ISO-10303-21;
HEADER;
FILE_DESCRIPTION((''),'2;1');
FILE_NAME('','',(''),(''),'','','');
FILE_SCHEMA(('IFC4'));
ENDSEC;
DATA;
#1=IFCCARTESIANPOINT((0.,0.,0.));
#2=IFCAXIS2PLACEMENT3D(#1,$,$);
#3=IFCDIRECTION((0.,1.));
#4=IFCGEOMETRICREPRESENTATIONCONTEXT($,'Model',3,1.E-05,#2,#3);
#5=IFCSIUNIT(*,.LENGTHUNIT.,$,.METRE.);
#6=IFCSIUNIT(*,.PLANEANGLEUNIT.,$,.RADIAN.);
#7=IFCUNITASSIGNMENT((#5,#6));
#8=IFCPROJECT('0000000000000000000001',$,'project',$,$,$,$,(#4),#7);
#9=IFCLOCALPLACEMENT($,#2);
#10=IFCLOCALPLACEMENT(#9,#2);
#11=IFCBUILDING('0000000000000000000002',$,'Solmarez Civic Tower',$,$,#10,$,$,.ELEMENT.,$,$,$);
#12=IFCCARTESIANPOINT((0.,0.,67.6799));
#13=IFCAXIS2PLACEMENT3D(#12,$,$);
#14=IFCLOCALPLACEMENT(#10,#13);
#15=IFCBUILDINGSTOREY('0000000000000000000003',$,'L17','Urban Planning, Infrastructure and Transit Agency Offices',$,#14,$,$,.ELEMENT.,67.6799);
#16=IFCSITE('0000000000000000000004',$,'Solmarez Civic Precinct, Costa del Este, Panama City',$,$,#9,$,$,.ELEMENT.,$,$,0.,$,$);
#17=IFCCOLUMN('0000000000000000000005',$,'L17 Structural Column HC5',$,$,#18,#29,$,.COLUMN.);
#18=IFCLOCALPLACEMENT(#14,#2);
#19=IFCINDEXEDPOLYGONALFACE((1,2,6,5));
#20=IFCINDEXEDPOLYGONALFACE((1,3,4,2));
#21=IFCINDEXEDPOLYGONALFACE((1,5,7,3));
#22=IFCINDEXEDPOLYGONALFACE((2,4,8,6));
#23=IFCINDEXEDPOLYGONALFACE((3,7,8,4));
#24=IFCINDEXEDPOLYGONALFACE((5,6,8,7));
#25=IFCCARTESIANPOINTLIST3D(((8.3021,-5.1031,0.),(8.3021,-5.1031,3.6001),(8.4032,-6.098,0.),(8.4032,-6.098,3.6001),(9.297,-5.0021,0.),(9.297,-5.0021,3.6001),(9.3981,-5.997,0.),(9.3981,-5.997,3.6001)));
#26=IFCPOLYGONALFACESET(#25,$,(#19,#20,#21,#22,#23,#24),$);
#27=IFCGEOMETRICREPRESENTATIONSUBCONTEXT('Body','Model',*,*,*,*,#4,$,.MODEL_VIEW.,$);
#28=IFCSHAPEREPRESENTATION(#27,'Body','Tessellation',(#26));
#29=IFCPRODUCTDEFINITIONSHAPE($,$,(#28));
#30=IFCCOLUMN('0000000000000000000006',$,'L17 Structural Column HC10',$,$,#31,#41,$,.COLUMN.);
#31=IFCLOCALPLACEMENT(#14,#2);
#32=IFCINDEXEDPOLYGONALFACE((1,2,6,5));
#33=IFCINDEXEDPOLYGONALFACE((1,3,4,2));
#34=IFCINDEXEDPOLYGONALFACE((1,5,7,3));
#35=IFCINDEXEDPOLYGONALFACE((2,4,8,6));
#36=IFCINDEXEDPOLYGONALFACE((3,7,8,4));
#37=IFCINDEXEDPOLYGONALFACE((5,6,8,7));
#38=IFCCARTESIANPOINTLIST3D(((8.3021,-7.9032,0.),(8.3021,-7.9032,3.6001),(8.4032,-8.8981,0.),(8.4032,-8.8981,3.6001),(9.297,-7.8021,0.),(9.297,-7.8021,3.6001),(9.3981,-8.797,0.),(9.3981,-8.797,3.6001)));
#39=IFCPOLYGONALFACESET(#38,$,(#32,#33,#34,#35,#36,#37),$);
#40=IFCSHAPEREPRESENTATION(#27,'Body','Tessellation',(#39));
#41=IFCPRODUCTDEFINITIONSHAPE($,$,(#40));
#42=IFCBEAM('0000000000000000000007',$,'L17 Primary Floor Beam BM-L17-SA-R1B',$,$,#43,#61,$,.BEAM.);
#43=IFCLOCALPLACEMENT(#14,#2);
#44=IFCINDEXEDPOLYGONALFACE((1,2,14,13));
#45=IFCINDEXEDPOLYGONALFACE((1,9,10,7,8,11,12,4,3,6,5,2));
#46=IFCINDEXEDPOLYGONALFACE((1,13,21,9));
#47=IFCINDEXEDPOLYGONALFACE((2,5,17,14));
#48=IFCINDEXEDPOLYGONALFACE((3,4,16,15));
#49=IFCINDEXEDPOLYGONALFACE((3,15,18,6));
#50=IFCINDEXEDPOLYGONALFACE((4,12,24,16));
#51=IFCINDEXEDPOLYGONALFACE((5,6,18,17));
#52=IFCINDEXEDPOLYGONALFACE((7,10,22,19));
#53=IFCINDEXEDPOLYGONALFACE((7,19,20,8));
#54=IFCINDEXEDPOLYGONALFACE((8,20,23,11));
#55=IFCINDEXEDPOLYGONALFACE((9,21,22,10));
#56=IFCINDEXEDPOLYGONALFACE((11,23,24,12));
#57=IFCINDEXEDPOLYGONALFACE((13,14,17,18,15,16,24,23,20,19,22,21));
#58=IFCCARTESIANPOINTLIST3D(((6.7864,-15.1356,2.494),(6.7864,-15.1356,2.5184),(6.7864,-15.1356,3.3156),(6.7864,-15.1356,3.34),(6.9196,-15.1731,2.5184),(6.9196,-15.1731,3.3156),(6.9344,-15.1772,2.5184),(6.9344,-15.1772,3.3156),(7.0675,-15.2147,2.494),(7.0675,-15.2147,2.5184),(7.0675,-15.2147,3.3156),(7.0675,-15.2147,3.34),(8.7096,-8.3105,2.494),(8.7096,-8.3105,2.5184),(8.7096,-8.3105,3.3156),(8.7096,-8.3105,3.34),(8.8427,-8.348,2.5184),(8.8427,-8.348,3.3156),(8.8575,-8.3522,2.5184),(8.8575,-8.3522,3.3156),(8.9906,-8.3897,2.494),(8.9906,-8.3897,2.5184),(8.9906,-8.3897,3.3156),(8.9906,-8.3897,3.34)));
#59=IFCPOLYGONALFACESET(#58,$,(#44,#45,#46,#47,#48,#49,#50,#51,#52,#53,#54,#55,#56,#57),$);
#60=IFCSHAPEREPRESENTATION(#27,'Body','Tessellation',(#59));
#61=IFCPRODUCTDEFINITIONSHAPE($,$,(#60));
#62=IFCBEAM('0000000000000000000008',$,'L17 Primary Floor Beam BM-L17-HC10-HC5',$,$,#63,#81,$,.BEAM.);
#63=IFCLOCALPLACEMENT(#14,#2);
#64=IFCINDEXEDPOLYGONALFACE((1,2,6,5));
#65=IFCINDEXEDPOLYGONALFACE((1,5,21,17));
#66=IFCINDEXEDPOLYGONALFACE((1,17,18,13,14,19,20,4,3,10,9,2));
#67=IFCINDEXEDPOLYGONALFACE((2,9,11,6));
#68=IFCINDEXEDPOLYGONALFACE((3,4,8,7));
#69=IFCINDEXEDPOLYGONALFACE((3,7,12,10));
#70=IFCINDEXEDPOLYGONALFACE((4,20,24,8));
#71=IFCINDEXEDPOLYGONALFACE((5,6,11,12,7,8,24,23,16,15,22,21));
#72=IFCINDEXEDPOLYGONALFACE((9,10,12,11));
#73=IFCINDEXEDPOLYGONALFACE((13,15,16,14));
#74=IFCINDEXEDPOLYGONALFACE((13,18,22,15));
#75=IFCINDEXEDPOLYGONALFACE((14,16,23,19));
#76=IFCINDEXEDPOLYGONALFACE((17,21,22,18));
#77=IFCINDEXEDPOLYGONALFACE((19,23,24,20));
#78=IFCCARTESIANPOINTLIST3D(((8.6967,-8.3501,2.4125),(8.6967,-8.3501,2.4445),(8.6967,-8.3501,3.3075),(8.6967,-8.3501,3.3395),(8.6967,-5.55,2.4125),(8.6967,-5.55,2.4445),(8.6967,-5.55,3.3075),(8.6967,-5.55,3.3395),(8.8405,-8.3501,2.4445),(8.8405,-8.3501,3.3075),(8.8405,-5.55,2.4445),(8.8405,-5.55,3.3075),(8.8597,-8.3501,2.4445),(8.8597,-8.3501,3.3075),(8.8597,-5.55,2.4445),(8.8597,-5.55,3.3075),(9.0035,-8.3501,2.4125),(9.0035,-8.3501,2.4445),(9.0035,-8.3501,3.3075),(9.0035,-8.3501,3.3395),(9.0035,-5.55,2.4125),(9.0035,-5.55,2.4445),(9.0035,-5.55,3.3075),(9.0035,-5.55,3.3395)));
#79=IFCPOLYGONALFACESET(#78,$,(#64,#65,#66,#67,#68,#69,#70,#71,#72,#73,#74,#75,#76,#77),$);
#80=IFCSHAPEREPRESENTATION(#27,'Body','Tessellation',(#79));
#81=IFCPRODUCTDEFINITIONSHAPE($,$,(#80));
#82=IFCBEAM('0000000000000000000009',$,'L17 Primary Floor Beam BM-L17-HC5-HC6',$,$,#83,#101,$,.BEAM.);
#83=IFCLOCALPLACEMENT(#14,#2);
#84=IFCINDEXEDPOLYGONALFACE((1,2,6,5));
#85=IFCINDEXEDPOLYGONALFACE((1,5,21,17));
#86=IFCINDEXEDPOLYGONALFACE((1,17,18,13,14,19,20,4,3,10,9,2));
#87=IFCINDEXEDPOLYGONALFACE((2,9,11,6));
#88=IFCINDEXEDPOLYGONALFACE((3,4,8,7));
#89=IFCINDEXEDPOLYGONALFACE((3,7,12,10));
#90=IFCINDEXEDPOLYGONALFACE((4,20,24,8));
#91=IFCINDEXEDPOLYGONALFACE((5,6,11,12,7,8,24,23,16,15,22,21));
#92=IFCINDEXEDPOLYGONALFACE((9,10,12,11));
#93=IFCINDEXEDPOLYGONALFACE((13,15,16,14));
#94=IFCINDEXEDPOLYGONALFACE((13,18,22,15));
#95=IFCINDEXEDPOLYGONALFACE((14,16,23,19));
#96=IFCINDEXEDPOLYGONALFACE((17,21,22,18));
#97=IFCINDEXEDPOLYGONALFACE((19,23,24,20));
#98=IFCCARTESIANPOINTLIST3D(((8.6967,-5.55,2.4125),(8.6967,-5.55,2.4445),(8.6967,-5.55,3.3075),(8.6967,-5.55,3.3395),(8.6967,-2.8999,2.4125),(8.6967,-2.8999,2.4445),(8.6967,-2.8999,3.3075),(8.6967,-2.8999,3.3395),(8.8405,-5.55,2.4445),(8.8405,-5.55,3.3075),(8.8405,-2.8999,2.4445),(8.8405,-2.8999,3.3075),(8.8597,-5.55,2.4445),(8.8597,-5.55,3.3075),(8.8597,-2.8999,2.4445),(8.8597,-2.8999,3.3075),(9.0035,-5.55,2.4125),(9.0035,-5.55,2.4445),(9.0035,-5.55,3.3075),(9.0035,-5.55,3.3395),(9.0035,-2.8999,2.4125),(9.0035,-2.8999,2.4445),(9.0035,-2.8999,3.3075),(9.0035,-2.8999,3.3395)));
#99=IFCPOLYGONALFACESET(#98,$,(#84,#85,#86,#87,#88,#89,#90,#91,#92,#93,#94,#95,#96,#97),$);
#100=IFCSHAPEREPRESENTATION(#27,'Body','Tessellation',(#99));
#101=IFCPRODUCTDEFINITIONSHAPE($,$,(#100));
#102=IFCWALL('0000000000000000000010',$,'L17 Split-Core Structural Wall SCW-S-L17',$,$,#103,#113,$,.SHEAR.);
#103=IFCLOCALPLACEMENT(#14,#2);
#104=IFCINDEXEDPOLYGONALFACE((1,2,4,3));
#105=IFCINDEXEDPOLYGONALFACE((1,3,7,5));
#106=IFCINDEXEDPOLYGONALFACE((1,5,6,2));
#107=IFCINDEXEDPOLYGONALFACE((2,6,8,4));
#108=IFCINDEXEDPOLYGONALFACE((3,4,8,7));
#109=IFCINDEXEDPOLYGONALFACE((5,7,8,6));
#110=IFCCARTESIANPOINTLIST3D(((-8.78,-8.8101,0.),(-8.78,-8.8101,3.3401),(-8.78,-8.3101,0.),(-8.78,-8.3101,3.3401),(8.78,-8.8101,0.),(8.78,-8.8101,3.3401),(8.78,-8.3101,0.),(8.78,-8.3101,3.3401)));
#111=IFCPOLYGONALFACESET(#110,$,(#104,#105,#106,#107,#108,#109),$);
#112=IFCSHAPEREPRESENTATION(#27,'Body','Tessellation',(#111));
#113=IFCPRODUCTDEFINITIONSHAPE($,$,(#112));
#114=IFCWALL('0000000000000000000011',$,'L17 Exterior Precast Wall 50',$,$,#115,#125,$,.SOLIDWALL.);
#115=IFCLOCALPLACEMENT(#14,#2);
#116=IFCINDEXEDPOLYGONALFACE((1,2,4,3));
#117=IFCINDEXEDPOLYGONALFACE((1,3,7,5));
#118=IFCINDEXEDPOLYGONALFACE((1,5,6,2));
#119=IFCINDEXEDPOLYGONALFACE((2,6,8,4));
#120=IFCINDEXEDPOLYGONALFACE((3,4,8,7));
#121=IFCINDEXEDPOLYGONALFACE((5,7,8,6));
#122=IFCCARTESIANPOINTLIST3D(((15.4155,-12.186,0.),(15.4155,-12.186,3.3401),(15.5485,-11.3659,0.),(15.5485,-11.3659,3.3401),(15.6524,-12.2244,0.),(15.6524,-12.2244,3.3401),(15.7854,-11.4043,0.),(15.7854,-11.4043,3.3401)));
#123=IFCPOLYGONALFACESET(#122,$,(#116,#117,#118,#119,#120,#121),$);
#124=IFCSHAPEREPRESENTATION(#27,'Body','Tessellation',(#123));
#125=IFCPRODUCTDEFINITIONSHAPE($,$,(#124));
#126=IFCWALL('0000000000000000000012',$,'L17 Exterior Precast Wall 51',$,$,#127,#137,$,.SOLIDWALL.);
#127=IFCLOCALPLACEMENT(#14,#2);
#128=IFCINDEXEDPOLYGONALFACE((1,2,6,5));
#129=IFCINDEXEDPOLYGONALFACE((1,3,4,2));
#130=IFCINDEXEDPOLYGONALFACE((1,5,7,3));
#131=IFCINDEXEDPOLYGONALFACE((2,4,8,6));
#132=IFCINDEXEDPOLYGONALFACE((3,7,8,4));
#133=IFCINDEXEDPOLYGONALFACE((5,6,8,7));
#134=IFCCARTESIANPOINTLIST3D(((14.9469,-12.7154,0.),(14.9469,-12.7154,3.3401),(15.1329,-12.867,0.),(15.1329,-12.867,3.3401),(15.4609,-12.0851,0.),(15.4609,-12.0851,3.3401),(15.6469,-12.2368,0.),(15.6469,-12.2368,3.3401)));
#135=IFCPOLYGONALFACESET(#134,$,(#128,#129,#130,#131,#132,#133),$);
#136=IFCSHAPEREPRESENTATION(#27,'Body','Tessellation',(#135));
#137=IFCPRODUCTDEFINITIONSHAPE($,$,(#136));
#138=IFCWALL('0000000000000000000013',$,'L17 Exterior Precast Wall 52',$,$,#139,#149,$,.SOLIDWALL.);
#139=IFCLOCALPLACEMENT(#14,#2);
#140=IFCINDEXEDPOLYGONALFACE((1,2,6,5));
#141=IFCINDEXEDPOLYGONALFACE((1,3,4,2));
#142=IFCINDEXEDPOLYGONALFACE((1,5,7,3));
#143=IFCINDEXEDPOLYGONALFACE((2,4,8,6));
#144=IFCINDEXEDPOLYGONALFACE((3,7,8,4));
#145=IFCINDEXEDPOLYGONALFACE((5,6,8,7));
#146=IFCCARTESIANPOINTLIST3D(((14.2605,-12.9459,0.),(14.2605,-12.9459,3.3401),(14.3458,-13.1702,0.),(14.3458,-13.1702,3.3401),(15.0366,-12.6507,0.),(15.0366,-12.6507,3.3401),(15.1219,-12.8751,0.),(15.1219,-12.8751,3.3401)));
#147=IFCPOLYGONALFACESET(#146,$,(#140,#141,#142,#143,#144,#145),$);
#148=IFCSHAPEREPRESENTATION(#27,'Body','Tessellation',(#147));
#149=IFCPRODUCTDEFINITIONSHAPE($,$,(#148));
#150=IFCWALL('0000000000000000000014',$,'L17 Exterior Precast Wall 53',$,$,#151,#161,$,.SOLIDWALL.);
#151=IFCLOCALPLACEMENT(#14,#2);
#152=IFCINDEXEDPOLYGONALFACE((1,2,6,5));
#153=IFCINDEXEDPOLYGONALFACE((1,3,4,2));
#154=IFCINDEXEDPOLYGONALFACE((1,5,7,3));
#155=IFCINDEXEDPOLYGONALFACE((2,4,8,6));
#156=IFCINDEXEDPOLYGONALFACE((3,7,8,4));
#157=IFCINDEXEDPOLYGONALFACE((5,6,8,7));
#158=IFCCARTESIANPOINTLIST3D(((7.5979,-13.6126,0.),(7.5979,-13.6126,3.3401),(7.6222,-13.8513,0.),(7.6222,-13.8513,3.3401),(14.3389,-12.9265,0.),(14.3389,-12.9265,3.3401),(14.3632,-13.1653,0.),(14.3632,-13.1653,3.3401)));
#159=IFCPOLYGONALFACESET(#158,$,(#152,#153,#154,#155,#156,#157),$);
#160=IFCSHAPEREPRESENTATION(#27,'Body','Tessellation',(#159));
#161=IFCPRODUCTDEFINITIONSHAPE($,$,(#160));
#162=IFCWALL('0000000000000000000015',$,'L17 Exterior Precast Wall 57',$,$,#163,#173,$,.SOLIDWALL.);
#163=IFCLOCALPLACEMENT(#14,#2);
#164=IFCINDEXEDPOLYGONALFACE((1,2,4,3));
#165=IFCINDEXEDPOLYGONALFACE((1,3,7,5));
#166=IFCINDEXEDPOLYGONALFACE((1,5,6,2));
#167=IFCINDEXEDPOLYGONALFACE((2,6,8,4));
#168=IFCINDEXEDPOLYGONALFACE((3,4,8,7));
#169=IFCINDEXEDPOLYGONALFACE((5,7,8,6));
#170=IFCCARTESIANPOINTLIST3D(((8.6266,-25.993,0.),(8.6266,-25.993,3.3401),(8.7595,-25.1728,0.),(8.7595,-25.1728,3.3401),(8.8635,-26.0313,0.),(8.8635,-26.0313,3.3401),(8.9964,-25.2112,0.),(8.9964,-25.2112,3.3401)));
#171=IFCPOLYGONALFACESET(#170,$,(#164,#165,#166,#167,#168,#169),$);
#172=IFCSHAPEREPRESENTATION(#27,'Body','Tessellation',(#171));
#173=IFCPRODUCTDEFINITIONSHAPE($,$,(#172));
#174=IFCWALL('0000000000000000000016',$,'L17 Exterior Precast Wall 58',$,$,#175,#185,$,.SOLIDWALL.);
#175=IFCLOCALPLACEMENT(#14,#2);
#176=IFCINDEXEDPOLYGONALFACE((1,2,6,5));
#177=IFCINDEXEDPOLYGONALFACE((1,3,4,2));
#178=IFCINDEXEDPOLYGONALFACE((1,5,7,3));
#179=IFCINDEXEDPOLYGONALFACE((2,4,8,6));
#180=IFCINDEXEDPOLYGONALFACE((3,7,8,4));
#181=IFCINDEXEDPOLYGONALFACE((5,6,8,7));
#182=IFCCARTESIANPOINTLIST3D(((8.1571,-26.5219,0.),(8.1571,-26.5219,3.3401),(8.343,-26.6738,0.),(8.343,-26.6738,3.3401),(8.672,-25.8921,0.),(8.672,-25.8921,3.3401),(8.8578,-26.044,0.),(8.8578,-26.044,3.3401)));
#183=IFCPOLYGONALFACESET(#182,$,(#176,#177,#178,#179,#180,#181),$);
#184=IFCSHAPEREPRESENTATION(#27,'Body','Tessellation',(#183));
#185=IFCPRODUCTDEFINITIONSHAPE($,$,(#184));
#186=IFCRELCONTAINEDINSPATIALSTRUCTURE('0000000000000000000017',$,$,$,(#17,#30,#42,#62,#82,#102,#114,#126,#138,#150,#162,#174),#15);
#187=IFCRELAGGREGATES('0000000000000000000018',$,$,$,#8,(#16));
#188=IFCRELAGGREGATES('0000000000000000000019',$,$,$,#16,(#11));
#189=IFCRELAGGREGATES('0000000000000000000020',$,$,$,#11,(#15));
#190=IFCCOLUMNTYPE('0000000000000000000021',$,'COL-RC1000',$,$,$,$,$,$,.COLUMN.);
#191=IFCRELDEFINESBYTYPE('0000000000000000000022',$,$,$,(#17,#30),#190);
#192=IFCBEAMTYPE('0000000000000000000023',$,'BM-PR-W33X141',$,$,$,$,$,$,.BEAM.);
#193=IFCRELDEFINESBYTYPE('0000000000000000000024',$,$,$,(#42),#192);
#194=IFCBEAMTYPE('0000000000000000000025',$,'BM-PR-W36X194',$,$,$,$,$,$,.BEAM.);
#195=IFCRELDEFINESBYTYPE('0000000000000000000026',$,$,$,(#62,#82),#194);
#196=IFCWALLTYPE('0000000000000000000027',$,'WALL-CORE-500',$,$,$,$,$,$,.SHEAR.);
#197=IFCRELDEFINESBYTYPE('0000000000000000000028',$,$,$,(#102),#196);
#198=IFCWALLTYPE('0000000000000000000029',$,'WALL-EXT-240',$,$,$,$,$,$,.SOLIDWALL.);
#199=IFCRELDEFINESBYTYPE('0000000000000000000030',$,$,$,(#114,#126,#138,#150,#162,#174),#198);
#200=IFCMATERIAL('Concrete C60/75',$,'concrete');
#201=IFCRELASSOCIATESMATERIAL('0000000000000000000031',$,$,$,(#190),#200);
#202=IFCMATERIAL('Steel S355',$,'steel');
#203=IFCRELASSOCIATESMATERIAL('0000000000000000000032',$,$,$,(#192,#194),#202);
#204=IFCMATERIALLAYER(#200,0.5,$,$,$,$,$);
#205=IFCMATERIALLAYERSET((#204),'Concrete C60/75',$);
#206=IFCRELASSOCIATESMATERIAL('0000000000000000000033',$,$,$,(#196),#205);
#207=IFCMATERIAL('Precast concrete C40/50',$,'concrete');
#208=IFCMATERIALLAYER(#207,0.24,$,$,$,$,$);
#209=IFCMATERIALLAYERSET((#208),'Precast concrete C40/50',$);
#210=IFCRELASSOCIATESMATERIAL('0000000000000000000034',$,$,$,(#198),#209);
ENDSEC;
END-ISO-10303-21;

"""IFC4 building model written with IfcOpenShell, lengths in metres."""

from ifc_helpers import new_model, si_unit, direction, frame, frame_2d, origin, origin_2d, place, context, subcontext, project, spatial, rectangle, i_section, extrude, material, layer, layer_set, material_profile, profile_set, type_object, element, save


model = new_model("IFC4")

# Units and contexts
model_context = context("Model", 3, precision=1e-05, world=origin(), true_north=direction((0.0, 1.0)))
body_context = subcontext(model_context, "Body", "Model", "MODEL_VIEW")
ifc_project = project(units=[si_unit("LENGTHUNIT", "METRE"), si_unit("PLANEANGLEUNIT", "RADIAN")], contexts=[model_context])

# Site, building, storey
site_placement = place(None, origin())
site = spatial("IfcSite", under=ifc_project, at=site_placement, Name="Solmarez Civic Precinct, Costa del Este, Panama City", CompositionType="ELEMENT", RefElevation=0.0)
building_placement = place(site_placement, origin())
building = spatial("IfcBuilding", under=site, at=building_placement, Name="Solmarez Civic Tower", CompositionType="ELEMENT")
storey_placement = place(building_placement, frame((0.0, 0.0, 67.6799)))
storey = spatial("IfcBuildingStorey", under=building, at=storey_placement, Name="L17", Description="Urban Planning, Infrastructure and Transit Agency Offices", CompositionType="ELEMENT", Elevation=67.6799)

# Columns
ifc_material_1 = material(Name="Concrete C60/75", Category="concrete")
ifc_material_profile_1 = material_profile(ifc_material_1, rectangle(XDim=1.0, YDim=1.0, at=origin_2d()), Name="RC1000X1000")
ifc_profile_set_1 = profile_set([ifc_material_profile_1], Name="Concrete C60/75")
column_type = type_object("IfcColumnType", Name="COL-RC1000", PredefinedType="COLUMN", material=ifc_profile_set_1)
for number, where, z_axis, x_axis, name in (
    (1, (8.8501, -5.55, 0.0), (0.0, 0.0, 1.0), (0.994881, 0.101056, 0.0), "L17 Structural Column HC5"),
    (2, (8.8501, -8.3501, 0.0), (0.0, 0.0, 1.0), (0.994881, 0.101056, 0.0), "L17 Structural Column HC10"),
):
    element("IfcColumn", number, at=place(storey_placement, frame(where, z_axis=z_axis, x_axis=x_axis)), inside=storey, type_object=column_type, Name=name, PredefinedType="COLUMN", context=body_context, shape_type="SweptSolid", body=[
        extrude(rectangle(XDim=1.0, YDim=1.0, at=origin_2d()), origin(), (0.0, 0.0, 1.0), 3.6001),
    ])

# Beams
ifc_material_2 = material(Name="Steel S355", Category="steel")
ifc_material_profile_2 = material_profile(ifc_material_2, i_section(OverallWidth=0.292, OverallDepth=0.8459, WebThickness=0.0154, FlangeThickness=0.0244, at=origin_2d()), Name="W33X141")
ifc_profile_set_2 = profile_set([ifc_material_profile_2], Name="Steel S355")
beam_type_1 = type_object("IfcBeamType", Name="BM-PR-W33X141", PredefinedType="BEAM", material=ifc_profile_set_2)
beam_1_placement = place(storey_placement, frame((8.8501, -8.3501, 2.917), z_axis=(-0.271213, -0.962519, 0.0), x_axis=(0.962519, -0.271213, 0.0)))
element("IfcBeam", 3, at=beam_1_placement, inside=storey, type_object=beam_type_1, Name="L17 Primary Floor Beam BM-L17-SA-R1B", PredefinedType="BEAM", context=body_context, shape_type="SweptSolid", body=[
    extrude(i_section(OverallWidth=0.292, OverallDepth=0.8459, WebThickness=0.0154, FlangeThickness=0.0244, at=origin_2d()), origin(), (0.0, 0.0, 1.0), 7.0908),
])
ifc_material_profile_3 = material_profile(ifc_material_2, i_section(OverallWidth=0.3069, OverallDepth=0.927, WebThickness=0.0193, FlangeThickness=0.032, at=origin_2d()), Name="W36X194")
ifc_profile_set_3 = profile_set([ifc_material_profile_3], Name="Steel S355")
beam_type_2 = type_object("IfcBeamType", Name="BM-PR-W36X194", PredefinedType="BEAM", material=ifc_profile_set_3)
beam_2_placement = place(storey_placement, frame((8.8501, -8.3501, 2.876), z_axis=(0.0, 1.0, 0.0), x_axis=(-1.0, 0.0, 0.0)))
element("IfcBeam", 4, at=beam_2_placement, inside=storey, type_object=beam_type_2, Name="L17 Primary Floor Beam BM-L17-HC10-HC5", PredefinedType="BEAM", context=body_context, shape_type="SweptSolid", body=[
    extrude(i_section(OverallWidth=0.3069, OverallDepth=0.927, WebThickness=0.0193, FlangeThickness=0.032, at=origin_2d()), origin(), (0.0, 0.0, 1.0), 2.8),
])
beam_3_placement = place(storey_placement, frame((8.8501, -5.55, 2.876), z_axis=(0.0, 1.0, 0.0), x_axis=(-1.0, 0.0, 0.0)))
element("IfcBeam", 5, at=beam_3_placement, inside=storey, type_object=beam_type_2, Name="L17 Primary Floor Beam BM-L17-HC5-HC6", PredefinedType="BEAM", context=body_context, shape_type="SweptSolid", body=[
    extrude(i_section(OverallWidth=0.3069, OverallDepth=0.927, WebThickness=0.0193, FlangeThickness=0.032, at=origin_2d()), origin(), (0.0, 0.0, 1.0), 2.6501),
])

# Walls
ifc_layer_1 = layer(ifc_material_1, 0.5)
ifc_layer_set_1 = layer_set([ifc_layer_1], Name="Concrete C60/75")
wall_type_1 = type_object("IfcWallType", Name="WALL-CORE-500", PredefinedType="SHEAR", material=ifc_layer_set_1)
wall_1_placement = place(storey_placement, frame((8.78, -8.5601, 0.0), z_axis=(0.0, 0.0, 1.0), x_axis=(-1.0, 0.0, 0.0)))
element("IfcWall", 6, at=wall_1_placement, inside=storey, type_object=wall_type_1, Name="L17 Split-Core Structural Wall SCW-S-L17", PredefinedType="SHEAR", context=body_context, shape_type="SweptSolid", body=[
    extrude(rectangle(XDim=17.5601, YDim=0.5, at=frame_2d((8.78, 0.0))), origin(), (0.0, 0.0, 1.0), 3.3401),
])
ifc_material_3 = material(Name="Precast concrete C40/50", Category="concrete")
ifc_layer_2 = layer(ifc_material_3, 0.24)
ifc_layer_set_2 = layer_set([ifc_layer_2], Name="Precast concrete C40/50")
wall_type_2 = type_object("IfcWallType", Name="WALL-EXT-240", PredefinedType="SOLIDWALL", material=ifc_layer_set_2)
wall_2_placement = place(storey_placement, frame((15.667, -11.385, 0.0), z_axis=(0.0, 0.0, 1.0), x_axis=(-0.160156, -0.987092, 0.0)))
element("IfcWall", 7, at=wall_2_placement, inside=storey, type_object=wall_type_2, Name="L17 Exterior Precast Wall 50", PredefinedType="SOLIDWALL", context=body_context, shape_type="SweptSolid", body=[
    extrude(rectangle(XDim=0.8308, YDim=0.24, at=frame_2d((0.4155, 0.0))), origin(), (0.0, 0.0, 1.0), 3.3401),
])
wall_3_placement = place(storey_placement, frame((15.554, -12.1609, 0.0), z_axis=(0.0, 0.0, 1.0), x_axis=(-0.632027, -0.774946, 0.0)))
element("IfcWall", 8, at=wall_3_placement, inside=storey, type_object=wall_type_2, Name="L17 Exterior Precast Wall 51", PredefinedType="SOLIDWALL", context=body_context, shape_type="SweptSolid", body=[
    extrude(rectangle(XDim=0.8132, YDim=0.24, at=frame_2d((0.4067, 0.0))), origin(), (0.0, 0.0, 1.0), 3.3401),
])
wall_4_placement = place(storey_placement, frame((15.0791, -12.7629, 0.0), z_axis=(0.0, 0.0, 1.0), x_axis=(-0.934688, -0.35547, 0.0)))
element("IfcWall", 9, at=wall_4_placement, inside=storey, type_object=wall_type_2, Name="L17 Exterior Precast Wall 52", PredefinedType="SOLIDWALL", context=body_context, shape_type="SweptSolid", body=[
    extrude(rectangle(XDim=0.8303, YDim=0.24, at=frame_2d((0.415, 0.0))), origin(), (0.0, 0.0, 1.0), 3.3401),
])
wall_5_placement = place(storey_placement, frame((14.3511, -13.0459, 0.0), z_axis=(0.0, 0.0, 1.0), x_axis=(-0.994861, -0.101248, 0.0)))
element("IfcWall", 10, at=wall_5_placement, inside=storey, type_object=wall_type_2, Name="L17 Exterior Precast Wall 53", PredefinedType="SOLIDWALL", context=body_context, shape_type="SweptSolid", body=[
    extrude(rectangle(XDim=6.7759, YDim=0.24, at=frame_2d((3.3879, 0.0))), origin(), (0.0, 0.0, 1.0), 3.3401),
])
wall_6_placement = place(storey_placement, frame((8.8779, -25.1919, 0.0), z_axis=(0.0, 0.0, 1.0), x_axis=(-0.15987, -0.987138, 0.0)))
element("IfcWall", 11, at=wall_6_placement, inside=storey, type_object=wall_type_2, Name="L17 Exterior Precast Wall 57", PredefinedType="SOLIDWALL", context=body_context, shape_type="SweptSolid", body=[
    extrude(rectangle(XDim=0.8308, YDim=0.24, at=frame_2d((0.4155, 0.0))), origin(), (0.0, 0.0, 1.0), 3.3401),
])
wall_7_placement = place(storey_placement, frame((8.7649, -25.968, 0.0), z_axis=(0.0, 0.0, 1.0), x_axis=(-0.632895, -0.774238, 0.0)))
element("IfcWall", 12, at=wall_7_placement, inside=storey, type_object=wall_type_2, Name="L17 Exterior Precast Wall 58", PredefinedType="SOLIDWALL", context=body_context, shape_type="SweptSolid", body=[
    extrude(rectangle(XDim=0.8135, YDim=0.24, at=frame_2d((0.4067, 0.0))), origin(), (0.0, 0.0, 1.0), 3.3401),
])

save(model, "model.ifc")
